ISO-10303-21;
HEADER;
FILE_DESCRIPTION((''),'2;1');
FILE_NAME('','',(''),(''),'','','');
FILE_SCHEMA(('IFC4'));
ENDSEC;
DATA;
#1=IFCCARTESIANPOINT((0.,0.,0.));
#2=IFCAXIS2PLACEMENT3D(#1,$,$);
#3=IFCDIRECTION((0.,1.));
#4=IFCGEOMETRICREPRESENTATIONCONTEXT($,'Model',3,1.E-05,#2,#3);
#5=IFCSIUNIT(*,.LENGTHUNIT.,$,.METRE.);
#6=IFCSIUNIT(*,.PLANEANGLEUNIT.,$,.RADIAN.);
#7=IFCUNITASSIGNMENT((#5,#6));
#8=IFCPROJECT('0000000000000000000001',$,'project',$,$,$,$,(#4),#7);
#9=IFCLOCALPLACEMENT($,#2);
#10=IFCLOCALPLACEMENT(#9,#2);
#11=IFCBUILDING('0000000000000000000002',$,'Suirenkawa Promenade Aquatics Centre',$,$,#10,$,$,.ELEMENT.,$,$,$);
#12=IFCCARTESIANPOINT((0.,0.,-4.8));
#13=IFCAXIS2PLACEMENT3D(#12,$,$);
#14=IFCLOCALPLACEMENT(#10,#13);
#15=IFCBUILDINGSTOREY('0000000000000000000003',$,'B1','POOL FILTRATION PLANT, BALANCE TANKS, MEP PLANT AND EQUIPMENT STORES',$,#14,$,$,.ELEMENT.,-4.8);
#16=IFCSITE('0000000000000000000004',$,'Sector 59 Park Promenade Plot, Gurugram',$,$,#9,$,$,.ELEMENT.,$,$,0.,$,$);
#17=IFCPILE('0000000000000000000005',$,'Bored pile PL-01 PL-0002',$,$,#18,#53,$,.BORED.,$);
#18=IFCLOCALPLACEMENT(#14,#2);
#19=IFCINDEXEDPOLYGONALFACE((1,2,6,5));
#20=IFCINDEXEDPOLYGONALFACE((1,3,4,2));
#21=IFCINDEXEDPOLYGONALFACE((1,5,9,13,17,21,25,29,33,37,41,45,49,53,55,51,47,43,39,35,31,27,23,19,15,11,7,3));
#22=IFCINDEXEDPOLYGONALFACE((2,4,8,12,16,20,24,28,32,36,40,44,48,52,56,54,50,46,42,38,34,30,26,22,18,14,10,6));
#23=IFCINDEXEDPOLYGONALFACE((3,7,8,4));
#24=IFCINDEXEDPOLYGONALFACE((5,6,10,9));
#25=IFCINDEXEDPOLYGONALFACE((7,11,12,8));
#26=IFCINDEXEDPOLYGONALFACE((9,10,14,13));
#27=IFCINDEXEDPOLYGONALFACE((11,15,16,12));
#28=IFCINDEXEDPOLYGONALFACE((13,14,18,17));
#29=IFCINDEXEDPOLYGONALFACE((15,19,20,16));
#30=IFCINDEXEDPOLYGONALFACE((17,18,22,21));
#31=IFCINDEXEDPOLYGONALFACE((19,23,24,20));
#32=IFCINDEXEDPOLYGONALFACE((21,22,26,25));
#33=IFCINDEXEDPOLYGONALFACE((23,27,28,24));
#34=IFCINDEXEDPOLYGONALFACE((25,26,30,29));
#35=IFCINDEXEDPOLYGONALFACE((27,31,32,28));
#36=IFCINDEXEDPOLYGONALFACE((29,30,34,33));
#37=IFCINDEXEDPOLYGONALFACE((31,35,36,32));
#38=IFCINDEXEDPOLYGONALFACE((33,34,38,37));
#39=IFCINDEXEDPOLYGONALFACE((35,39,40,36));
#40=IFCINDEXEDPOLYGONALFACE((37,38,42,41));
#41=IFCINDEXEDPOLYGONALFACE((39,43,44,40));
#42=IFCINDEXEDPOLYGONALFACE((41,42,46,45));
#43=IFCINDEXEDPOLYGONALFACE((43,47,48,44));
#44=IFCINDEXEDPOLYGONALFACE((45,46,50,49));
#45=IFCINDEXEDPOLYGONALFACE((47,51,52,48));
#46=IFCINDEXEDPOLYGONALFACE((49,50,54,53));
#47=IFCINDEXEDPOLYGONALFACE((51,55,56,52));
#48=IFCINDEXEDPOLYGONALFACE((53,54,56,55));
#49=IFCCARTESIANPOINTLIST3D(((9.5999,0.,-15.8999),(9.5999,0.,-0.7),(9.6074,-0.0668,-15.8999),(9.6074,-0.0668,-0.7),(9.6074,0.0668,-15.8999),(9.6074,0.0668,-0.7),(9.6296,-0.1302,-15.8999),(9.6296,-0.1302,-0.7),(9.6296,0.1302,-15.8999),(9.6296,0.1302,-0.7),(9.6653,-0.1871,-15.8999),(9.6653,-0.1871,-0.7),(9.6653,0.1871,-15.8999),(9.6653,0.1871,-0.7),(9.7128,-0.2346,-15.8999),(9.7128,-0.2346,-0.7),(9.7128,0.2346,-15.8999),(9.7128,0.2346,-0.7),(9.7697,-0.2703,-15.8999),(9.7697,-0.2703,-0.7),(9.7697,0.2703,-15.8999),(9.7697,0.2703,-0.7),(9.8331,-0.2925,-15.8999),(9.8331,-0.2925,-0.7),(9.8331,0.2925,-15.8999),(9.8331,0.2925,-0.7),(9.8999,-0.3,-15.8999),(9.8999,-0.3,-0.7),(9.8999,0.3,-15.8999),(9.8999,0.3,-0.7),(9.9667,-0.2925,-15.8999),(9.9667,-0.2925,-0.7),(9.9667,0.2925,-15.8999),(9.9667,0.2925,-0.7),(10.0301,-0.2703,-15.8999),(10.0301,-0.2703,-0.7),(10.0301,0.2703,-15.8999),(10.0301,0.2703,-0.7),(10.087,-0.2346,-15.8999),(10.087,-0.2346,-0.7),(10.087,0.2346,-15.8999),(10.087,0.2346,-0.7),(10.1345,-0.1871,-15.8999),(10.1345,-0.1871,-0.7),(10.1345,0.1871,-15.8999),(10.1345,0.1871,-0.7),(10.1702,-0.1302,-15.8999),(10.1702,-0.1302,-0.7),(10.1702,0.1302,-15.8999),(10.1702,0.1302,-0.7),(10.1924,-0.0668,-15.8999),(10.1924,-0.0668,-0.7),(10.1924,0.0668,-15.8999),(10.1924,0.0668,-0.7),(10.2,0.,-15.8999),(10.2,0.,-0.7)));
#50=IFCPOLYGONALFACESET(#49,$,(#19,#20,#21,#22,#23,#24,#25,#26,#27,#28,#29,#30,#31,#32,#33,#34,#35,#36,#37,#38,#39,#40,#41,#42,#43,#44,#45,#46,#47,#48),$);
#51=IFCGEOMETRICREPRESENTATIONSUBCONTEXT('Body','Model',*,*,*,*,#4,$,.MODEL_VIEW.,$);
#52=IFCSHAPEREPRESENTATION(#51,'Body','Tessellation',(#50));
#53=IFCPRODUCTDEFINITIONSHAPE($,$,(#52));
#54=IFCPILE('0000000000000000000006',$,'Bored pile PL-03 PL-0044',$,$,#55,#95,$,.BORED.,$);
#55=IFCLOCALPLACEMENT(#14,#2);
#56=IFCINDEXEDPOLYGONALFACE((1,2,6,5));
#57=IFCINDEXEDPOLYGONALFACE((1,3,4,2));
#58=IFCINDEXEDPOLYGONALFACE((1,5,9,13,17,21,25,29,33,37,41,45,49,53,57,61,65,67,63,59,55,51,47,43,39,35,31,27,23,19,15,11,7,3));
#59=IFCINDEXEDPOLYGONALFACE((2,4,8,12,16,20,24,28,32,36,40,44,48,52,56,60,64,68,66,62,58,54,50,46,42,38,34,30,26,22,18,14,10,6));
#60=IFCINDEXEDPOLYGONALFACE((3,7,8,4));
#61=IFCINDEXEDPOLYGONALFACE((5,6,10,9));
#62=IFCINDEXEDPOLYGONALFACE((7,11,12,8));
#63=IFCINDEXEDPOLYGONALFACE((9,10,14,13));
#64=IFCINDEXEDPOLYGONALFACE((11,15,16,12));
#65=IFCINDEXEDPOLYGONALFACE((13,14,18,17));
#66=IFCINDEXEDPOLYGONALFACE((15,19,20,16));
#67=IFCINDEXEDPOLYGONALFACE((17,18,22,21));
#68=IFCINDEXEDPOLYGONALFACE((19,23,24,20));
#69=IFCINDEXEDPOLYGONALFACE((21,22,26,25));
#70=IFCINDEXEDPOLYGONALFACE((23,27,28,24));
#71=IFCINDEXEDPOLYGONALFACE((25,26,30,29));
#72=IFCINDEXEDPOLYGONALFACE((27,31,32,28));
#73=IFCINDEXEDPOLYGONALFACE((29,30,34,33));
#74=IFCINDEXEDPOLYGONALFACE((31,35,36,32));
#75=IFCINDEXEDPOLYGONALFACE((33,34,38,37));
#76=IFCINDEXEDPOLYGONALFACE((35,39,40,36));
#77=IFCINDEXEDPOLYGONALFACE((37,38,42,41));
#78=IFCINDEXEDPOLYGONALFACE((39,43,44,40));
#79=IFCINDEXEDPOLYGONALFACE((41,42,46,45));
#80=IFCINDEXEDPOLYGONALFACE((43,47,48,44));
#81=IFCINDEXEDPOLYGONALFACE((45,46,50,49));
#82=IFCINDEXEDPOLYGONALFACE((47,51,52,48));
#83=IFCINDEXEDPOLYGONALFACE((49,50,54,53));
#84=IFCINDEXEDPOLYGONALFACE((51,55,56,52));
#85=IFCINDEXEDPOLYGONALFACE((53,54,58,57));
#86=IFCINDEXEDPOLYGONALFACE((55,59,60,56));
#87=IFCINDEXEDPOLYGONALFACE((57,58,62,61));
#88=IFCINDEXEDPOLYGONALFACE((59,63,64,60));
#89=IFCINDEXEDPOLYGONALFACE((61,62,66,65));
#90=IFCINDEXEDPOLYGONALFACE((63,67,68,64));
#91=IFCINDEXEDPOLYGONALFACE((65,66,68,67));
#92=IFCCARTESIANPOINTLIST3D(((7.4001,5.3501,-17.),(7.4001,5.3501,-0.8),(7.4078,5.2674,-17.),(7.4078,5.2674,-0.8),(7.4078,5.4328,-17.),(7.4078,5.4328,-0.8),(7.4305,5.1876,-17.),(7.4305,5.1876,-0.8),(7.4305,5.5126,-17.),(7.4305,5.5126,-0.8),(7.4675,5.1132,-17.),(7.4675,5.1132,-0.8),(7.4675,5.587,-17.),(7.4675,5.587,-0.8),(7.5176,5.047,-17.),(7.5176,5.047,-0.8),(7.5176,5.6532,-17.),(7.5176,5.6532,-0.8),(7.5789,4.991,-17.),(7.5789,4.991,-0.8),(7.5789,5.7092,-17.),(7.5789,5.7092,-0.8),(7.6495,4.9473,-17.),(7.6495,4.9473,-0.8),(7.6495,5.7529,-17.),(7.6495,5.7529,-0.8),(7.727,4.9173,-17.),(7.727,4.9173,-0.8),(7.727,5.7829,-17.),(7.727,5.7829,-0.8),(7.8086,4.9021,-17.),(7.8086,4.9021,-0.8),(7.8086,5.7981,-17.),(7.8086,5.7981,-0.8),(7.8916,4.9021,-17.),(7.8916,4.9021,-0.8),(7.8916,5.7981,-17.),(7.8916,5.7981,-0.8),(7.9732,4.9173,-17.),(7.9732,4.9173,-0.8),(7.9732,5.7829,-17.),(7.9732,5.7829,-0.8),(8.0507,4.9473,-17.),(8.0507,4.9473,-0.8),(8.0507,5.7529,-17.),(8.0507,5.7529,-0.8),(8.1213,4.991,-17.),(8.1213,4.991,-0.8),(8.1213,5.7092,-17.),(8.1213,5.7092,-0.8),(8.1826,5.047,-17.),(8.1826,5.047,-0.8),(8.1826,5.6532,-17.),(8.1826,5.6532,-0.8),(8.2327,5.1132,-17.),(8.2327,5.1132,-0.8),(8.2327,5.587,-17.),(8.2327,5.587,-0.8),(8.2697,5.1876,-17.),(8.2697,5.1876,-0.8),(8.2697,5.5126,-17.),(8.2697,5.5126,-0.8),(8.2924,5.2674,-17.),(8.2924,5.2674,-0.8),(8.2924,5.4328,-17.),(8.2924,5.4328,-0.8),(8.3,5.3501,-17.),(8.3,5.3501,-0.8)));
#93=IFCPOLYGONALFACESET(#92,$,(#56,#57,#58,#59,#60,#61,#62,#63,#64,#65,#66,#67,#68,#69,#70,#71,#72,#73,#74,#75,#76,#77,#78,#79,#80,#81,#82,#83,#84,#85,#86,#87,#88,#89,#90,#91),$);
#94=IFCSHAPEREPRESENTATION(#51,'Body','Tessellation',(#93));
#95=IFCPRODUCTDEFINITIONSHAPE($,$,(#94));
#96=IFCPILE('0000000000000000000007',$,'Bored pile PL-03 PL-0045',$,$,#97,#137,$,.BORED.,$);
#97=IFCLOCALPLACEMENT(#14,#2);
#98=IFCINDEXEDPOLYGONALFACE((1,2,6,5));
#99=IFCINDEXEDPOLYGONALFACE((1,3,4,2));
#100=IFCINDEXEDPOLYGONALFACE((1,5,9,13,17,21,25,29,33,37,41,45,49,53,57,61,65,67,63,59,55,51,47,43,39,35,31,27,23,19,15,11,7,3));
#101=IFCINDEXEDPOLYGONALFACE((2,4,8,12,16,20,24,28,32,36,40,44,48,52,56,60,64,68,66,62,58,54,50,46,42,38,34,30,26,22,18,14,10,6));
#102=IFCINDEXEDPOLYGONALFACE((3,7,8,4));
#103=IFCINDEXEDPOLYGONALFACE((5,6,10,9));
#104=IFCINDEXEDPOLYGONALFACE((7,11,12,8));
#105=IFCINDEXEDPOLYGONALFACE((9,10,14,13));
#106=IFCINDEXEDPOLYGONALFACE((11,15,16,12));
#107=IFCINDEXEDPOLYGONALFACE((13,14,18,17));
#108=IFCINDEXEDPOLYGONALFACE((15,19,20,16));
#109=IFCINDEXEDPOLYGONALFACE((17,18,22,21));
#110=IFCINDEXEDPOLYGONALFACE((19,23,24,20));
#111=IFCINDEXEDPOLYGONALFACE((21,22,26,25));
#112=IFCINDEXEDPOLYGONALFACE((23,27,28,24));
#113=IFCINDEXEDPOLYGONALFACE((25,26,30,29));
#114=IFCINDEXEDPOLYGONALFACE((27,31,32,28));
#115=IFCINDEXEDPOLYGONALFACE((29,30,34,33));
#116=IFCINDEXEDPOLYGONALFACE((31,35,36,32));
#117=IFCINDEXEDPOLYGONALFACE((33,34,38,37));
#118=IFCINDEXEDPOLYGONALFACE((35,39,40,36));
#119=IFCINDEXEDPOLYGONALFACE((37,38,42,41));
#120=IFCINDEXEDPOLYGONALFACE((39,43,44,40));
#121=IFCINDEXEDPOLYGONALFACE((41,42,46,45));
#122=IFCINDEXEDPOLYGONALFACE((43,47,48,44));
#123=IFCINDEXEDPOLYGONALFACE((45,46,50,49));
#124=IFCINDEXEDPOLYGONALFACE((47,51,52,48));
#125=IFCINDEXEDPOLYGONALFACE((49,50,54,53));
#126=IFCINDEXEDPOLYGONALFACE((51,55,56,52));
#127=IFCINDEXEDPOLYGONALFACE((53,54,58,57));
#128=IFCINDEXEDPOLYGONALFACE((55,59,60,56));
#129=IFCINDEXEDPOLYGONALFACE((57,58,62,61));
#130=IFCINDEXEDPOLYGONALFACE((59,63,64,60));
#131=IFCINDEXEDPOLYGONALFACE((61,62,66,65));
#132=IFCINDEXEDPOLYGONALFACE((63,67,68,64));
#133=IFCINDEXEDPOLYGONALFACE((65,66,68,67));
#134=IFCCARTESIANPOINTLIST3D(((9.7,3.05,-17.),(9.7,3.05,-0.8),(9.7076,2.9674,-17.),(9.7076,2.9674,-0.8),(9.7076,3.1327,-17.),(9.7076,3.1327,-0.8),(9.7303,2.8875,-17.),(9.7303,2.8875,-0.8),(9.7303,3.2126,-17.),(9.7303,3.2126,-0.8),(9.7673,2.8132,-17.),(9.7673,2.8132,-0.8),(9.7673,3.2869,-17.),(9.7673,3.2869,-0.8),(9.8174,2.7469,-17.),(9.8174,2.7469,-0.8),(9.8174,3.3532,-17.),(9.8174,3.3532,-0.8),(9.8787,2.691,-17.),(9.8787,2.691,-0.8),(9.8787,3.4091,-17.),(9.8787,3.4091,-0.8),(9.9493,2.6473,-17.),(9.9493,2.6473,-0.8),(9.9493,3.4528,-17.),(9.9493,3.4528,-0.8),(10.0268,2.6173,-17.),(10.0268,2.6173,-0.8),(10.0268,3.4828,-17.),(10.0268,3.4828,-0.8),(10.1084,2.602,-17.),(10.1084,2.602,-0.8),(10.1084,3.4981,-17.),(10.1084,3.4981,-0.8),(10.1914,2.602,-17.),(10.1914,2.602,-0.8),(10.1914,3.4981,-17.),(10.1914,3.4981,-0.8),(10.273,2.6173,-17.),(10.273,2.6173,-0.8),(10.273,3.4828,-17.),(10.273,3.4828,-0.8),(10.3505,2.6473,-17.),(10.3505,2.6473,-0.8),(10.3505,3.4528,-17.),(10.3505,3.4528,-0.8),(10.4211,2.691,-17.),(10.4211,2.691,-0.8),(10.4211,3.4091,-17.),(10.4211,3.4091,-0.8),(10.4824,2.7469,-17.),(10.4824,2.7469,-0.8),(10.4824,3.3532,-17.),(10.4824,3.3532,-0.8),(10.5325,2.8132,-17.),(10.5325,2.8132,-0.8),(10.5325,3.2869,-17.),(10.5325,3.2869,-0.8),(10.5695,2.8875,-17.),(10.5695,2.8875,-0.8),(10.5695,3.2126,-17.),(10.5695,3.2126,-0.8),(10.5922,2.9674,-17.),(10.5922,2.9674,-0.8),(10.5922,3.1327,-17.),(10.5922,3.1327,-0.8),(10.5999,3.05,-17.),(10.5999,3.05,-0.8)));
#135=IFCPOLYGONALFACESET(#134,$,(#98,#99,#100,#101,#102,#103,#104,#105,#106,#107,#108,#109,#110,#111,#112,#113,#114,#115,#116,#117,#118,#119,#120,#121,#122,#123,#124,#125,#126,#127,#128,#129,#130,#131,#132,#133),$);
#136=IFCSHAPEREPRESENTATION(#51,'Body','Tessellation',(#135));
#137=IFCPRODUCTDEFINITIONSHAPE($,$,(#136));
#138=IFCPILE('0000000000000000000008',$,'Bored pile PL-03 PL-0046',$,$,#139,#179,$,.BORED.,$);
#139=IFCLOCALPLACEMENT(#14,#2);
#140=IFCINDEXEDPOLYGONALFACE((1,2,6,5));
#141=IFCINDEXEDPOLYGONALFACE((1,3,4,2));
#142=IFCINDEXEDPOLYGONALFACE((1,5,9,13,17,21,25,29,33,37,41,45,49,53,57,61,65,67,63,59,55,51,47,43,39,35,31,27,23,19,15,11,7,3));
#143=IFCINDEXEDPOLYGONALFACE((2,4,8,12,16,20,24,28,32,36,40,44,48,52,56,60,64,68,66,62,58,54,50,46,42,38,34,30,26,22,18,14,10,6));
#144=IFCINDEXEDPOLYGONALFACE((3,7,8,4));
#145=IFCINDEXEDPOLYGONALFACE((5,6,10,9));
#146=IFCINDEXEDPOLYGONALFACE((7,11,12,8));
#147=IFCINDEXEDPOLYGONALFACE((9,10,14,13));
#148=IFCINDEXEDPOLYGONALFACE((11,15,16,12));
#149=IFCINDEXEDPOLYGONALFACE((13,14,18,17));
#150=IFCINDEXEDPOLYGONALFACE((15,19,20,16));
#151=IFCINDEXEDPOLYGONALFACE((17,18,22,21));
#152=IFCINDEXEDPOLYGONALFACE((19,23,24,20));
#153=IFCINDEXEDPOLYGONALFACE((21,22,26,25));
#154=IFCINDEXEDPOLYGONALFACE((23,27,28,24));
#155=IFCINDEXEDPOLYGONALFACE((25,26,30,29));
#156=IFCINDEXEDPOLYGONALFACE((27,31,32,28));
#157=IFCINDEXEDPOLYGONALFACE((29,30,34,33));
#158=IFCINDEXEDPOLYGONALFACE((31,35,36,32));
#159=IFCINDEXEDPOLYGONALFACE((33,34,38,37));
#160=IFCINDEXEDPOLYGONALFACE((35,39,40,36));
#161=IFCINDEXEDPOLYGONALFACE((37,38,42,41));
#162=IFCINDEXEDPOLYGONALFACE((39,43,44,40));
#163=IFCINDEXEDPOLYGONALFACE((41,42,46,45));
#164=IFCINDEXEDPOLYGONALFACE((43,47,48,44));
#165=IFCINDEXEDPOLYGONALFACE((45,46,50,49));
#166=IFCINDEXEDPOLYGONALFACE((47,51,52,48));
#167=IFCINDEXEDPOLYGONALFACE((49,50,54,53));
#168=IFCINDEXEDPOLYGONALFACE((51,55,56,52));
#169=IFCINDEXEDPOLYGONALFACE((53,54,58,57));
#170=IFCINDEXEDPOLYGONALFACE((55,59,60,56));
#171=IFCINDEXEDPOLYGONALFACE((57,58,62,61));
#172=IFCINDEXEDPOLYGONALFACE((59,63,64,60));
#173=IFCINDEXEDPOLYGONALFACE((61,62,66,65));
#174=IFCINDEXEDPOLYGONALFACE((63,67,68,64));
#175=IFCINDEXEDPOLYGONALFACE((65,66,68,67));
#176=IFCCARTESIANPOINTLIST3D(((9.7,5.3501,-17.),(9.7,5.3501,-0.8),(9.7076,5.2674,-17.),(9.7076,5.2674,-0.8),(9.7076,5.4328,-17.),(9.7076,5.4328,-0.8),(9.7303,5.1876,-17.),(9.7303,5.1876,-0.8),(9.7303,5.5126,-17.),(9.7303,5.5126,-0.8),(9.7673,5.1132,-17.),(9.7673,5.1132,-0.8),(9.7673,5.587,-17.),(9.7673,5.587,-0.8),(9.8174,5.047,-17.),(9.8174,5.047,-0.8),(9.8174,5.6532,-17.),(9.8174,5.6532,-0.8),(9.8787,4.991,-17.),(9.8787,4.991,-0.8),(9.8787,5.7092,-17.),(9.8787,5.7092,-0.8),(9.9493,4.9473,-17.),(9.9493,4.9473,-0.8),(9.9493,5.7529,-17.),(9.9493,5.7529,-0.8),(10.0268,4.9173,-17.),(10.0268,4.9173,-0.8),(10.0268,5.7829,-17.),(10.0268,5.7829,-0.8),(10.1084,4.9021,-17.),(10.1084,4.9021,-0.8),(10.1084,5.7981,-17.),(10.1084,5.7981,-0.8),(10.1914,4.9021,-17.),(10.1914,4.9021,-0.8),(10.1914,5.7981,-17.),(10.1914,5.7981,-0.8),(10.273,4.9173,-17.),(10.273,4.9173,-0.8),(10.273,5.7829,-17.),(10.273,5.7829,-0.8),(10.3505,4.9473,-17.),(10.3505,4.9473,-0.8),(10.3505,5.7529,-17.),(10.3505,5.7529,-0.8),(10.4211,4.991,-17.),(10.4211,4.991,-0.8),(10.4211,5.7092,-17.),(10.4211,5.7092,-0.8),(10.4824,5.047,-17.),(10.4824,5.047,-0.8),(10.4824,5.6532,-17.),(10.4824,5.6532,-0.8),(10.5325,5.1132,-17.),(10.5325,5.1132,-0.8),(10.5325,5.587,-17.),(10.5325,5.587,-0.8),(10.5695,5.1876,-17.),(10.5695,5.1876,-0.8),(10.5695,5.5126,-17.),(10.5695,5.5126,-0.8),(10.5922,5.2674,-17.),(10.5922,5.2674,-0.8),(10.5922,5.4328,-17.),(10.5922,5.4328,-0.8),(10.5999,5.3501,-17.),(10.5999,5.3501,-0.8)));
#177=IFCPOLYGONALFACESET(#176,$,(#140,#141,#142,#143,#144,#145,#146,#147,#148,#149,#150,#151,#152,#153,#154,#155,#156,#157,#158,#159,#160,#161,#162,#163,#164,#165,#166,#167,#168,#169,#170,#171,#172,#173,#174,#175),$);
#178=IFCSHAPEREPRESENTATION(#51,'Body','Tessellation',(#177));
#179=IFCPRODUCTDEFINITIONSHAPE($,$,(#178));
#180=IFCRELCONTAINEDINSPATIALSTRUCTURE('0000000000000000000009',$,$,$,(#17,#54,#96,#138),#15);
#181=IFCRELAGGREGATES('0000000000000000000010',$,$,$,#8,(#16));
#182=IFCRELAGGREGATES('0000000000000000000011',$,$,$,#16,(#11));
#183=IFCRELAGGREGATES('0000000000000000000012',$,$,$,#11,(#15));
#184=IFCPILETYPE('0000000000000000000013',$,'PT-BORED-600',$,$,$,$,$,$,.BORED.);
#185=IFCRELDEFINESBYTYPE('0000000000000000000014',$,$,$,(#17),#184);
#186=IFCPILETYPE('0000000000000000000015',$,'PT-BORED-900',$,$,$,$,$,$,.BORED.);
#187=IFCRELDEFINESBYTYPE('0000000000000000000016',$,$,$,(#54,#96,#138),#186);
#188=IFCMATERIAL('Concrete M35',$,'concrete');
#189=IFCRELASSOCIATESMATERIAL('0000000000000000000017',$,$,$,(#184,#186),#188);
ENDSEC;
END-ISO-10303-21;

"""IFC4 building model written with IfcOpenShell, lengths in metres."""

from ifc_helpers import new_model, si_unit, direction, frame, origin, origin_2d, place, context, subcontext, project, spatial, circle, extrude, material, material_profile, profile_set, type_object, element, save


model = new_model("IFC4")

# Units and contexts
model_context = context("Model", 3, precision=1e-05, world=origin(), true_north=direction((0.0, 1.0)))
body_context = subcontext(model_context, "Body", "Model", "MODEL_VIEW")
ifc_project = project(units=[si_unit("LENGTHUNIT", "METRE"), si_unit("PLANEANGLEUNIT", "RADIAN")], contexts=[model_context])

# Site, building, storey
site_placement = place(None, origin())
site = spatial("IfcSite", under=ifc_project, at=site_placement, Name="Sector 59 Park Promenade Plot, Gurugram", CompositionType="ELEMENT", RefElevation=0.0)
building_placement = place(site_placement, origin())
building = spatial("IfcBuilding", under=site, at=building_placement, Name="Suirenkawa Promenade Aquatics Centre", CompositionType="ELEMENT")
storey_placement = place(building_placement, frame((0.0, 0.0, -4.8)))
storey = spatial("IfcBuildingStorey", under=building, at=storey_placement, Name="B1", Description="POOL FILTRATION PLANT, BALANCE TANKS, MEP PLANT AND EQUIPMENT STORES", CompositionType="ELEMENT", Elevation=-4.8)

# Shared definitions
ifc_material_1 = material(Name="Concrete M35", Category="concrete")

# Piles
ifc_material_profile_1 = material_profile(ifc_material_1, circle(Radius=0.3, at=origin_2d()), Name="PILE D600", Category="concrete")
ifc_profile_set_1 = profile_set([ifc_material_profile_1], Name="Concrete M35")
pile_type_1 = type_object("IfcPileType", Name="PT-BORED-600", PredefinedType="BORED", material=ifc_profile_set_1)
for number, where, z_axis, x_axis, name in (
    (1, (9.8999, 0.0, -0.7), (0.0, 0.0, -1.0), (1.0, 0.0, 0.0), "Bored pile PL-01 PL-0002"),
):
    element("IfcPile", number, at=place(storey_placement, frame(where, z_axis=z_axis, x_axis=x_axis)), inside=storey, type_object=pile_type_1, Name=name, PredefinedType="BORED", context=body_context, shape_type="SweptSolid", body=[
        extrude(circle(Radius=0.3, at=origin_2d()), origin(), (0.0, 0.0, 1.0), 15.2),
    ])
ifc_material_profile_2 = material_profile(ifc_material_1, circle(Radius=0.45, at=origin_2d()), Name="PILE D900", Category="concrete")
ifc_profile_set_2 = profile_set([ifc_material_profile_2], Name="Concrete M35")
pile_type_2 = type_object("IfcPileType", Name="PT-BORED-900", PredefinedType="BORED", material=ifc_profile_set_2)
for number, where, z_axis, x_axis, name in (
    (2, (7.8501, 5.3501, -0.8), (0.0, 0.0, -1.0), (1.0, 0.0, 0.0), "Bored pile PL-03 PL-0044"),
    (3, (10.1499, 3.05, -0.8), (0.0, 0.0, -1.0), (1.0, 0.0, 0.0), "Bored pile PL-03 PL-0045"),
    (4, (10.1499, 5.3501, -0.8), (0.0, 0.0, -1.0), (1.0, 0.0, 0.0), "Bored pile PL-03 PL-0046"),
):
    element("IfcPile", number, at=place(storey_placement, frame(where, z_axis=z_axis, x_axis=x_axis)), inside=storey, type_object=pile_type_2, Name=name, PredefinedType="BORED", context=body_context, shape_type="SweptSolid", body=[
        extrude(circle(Radius=0.45, at=origin_2d()), origin(), (0.0, 0.0, 1.0), 16.2),
    ])

save(model, "model.ifc")
